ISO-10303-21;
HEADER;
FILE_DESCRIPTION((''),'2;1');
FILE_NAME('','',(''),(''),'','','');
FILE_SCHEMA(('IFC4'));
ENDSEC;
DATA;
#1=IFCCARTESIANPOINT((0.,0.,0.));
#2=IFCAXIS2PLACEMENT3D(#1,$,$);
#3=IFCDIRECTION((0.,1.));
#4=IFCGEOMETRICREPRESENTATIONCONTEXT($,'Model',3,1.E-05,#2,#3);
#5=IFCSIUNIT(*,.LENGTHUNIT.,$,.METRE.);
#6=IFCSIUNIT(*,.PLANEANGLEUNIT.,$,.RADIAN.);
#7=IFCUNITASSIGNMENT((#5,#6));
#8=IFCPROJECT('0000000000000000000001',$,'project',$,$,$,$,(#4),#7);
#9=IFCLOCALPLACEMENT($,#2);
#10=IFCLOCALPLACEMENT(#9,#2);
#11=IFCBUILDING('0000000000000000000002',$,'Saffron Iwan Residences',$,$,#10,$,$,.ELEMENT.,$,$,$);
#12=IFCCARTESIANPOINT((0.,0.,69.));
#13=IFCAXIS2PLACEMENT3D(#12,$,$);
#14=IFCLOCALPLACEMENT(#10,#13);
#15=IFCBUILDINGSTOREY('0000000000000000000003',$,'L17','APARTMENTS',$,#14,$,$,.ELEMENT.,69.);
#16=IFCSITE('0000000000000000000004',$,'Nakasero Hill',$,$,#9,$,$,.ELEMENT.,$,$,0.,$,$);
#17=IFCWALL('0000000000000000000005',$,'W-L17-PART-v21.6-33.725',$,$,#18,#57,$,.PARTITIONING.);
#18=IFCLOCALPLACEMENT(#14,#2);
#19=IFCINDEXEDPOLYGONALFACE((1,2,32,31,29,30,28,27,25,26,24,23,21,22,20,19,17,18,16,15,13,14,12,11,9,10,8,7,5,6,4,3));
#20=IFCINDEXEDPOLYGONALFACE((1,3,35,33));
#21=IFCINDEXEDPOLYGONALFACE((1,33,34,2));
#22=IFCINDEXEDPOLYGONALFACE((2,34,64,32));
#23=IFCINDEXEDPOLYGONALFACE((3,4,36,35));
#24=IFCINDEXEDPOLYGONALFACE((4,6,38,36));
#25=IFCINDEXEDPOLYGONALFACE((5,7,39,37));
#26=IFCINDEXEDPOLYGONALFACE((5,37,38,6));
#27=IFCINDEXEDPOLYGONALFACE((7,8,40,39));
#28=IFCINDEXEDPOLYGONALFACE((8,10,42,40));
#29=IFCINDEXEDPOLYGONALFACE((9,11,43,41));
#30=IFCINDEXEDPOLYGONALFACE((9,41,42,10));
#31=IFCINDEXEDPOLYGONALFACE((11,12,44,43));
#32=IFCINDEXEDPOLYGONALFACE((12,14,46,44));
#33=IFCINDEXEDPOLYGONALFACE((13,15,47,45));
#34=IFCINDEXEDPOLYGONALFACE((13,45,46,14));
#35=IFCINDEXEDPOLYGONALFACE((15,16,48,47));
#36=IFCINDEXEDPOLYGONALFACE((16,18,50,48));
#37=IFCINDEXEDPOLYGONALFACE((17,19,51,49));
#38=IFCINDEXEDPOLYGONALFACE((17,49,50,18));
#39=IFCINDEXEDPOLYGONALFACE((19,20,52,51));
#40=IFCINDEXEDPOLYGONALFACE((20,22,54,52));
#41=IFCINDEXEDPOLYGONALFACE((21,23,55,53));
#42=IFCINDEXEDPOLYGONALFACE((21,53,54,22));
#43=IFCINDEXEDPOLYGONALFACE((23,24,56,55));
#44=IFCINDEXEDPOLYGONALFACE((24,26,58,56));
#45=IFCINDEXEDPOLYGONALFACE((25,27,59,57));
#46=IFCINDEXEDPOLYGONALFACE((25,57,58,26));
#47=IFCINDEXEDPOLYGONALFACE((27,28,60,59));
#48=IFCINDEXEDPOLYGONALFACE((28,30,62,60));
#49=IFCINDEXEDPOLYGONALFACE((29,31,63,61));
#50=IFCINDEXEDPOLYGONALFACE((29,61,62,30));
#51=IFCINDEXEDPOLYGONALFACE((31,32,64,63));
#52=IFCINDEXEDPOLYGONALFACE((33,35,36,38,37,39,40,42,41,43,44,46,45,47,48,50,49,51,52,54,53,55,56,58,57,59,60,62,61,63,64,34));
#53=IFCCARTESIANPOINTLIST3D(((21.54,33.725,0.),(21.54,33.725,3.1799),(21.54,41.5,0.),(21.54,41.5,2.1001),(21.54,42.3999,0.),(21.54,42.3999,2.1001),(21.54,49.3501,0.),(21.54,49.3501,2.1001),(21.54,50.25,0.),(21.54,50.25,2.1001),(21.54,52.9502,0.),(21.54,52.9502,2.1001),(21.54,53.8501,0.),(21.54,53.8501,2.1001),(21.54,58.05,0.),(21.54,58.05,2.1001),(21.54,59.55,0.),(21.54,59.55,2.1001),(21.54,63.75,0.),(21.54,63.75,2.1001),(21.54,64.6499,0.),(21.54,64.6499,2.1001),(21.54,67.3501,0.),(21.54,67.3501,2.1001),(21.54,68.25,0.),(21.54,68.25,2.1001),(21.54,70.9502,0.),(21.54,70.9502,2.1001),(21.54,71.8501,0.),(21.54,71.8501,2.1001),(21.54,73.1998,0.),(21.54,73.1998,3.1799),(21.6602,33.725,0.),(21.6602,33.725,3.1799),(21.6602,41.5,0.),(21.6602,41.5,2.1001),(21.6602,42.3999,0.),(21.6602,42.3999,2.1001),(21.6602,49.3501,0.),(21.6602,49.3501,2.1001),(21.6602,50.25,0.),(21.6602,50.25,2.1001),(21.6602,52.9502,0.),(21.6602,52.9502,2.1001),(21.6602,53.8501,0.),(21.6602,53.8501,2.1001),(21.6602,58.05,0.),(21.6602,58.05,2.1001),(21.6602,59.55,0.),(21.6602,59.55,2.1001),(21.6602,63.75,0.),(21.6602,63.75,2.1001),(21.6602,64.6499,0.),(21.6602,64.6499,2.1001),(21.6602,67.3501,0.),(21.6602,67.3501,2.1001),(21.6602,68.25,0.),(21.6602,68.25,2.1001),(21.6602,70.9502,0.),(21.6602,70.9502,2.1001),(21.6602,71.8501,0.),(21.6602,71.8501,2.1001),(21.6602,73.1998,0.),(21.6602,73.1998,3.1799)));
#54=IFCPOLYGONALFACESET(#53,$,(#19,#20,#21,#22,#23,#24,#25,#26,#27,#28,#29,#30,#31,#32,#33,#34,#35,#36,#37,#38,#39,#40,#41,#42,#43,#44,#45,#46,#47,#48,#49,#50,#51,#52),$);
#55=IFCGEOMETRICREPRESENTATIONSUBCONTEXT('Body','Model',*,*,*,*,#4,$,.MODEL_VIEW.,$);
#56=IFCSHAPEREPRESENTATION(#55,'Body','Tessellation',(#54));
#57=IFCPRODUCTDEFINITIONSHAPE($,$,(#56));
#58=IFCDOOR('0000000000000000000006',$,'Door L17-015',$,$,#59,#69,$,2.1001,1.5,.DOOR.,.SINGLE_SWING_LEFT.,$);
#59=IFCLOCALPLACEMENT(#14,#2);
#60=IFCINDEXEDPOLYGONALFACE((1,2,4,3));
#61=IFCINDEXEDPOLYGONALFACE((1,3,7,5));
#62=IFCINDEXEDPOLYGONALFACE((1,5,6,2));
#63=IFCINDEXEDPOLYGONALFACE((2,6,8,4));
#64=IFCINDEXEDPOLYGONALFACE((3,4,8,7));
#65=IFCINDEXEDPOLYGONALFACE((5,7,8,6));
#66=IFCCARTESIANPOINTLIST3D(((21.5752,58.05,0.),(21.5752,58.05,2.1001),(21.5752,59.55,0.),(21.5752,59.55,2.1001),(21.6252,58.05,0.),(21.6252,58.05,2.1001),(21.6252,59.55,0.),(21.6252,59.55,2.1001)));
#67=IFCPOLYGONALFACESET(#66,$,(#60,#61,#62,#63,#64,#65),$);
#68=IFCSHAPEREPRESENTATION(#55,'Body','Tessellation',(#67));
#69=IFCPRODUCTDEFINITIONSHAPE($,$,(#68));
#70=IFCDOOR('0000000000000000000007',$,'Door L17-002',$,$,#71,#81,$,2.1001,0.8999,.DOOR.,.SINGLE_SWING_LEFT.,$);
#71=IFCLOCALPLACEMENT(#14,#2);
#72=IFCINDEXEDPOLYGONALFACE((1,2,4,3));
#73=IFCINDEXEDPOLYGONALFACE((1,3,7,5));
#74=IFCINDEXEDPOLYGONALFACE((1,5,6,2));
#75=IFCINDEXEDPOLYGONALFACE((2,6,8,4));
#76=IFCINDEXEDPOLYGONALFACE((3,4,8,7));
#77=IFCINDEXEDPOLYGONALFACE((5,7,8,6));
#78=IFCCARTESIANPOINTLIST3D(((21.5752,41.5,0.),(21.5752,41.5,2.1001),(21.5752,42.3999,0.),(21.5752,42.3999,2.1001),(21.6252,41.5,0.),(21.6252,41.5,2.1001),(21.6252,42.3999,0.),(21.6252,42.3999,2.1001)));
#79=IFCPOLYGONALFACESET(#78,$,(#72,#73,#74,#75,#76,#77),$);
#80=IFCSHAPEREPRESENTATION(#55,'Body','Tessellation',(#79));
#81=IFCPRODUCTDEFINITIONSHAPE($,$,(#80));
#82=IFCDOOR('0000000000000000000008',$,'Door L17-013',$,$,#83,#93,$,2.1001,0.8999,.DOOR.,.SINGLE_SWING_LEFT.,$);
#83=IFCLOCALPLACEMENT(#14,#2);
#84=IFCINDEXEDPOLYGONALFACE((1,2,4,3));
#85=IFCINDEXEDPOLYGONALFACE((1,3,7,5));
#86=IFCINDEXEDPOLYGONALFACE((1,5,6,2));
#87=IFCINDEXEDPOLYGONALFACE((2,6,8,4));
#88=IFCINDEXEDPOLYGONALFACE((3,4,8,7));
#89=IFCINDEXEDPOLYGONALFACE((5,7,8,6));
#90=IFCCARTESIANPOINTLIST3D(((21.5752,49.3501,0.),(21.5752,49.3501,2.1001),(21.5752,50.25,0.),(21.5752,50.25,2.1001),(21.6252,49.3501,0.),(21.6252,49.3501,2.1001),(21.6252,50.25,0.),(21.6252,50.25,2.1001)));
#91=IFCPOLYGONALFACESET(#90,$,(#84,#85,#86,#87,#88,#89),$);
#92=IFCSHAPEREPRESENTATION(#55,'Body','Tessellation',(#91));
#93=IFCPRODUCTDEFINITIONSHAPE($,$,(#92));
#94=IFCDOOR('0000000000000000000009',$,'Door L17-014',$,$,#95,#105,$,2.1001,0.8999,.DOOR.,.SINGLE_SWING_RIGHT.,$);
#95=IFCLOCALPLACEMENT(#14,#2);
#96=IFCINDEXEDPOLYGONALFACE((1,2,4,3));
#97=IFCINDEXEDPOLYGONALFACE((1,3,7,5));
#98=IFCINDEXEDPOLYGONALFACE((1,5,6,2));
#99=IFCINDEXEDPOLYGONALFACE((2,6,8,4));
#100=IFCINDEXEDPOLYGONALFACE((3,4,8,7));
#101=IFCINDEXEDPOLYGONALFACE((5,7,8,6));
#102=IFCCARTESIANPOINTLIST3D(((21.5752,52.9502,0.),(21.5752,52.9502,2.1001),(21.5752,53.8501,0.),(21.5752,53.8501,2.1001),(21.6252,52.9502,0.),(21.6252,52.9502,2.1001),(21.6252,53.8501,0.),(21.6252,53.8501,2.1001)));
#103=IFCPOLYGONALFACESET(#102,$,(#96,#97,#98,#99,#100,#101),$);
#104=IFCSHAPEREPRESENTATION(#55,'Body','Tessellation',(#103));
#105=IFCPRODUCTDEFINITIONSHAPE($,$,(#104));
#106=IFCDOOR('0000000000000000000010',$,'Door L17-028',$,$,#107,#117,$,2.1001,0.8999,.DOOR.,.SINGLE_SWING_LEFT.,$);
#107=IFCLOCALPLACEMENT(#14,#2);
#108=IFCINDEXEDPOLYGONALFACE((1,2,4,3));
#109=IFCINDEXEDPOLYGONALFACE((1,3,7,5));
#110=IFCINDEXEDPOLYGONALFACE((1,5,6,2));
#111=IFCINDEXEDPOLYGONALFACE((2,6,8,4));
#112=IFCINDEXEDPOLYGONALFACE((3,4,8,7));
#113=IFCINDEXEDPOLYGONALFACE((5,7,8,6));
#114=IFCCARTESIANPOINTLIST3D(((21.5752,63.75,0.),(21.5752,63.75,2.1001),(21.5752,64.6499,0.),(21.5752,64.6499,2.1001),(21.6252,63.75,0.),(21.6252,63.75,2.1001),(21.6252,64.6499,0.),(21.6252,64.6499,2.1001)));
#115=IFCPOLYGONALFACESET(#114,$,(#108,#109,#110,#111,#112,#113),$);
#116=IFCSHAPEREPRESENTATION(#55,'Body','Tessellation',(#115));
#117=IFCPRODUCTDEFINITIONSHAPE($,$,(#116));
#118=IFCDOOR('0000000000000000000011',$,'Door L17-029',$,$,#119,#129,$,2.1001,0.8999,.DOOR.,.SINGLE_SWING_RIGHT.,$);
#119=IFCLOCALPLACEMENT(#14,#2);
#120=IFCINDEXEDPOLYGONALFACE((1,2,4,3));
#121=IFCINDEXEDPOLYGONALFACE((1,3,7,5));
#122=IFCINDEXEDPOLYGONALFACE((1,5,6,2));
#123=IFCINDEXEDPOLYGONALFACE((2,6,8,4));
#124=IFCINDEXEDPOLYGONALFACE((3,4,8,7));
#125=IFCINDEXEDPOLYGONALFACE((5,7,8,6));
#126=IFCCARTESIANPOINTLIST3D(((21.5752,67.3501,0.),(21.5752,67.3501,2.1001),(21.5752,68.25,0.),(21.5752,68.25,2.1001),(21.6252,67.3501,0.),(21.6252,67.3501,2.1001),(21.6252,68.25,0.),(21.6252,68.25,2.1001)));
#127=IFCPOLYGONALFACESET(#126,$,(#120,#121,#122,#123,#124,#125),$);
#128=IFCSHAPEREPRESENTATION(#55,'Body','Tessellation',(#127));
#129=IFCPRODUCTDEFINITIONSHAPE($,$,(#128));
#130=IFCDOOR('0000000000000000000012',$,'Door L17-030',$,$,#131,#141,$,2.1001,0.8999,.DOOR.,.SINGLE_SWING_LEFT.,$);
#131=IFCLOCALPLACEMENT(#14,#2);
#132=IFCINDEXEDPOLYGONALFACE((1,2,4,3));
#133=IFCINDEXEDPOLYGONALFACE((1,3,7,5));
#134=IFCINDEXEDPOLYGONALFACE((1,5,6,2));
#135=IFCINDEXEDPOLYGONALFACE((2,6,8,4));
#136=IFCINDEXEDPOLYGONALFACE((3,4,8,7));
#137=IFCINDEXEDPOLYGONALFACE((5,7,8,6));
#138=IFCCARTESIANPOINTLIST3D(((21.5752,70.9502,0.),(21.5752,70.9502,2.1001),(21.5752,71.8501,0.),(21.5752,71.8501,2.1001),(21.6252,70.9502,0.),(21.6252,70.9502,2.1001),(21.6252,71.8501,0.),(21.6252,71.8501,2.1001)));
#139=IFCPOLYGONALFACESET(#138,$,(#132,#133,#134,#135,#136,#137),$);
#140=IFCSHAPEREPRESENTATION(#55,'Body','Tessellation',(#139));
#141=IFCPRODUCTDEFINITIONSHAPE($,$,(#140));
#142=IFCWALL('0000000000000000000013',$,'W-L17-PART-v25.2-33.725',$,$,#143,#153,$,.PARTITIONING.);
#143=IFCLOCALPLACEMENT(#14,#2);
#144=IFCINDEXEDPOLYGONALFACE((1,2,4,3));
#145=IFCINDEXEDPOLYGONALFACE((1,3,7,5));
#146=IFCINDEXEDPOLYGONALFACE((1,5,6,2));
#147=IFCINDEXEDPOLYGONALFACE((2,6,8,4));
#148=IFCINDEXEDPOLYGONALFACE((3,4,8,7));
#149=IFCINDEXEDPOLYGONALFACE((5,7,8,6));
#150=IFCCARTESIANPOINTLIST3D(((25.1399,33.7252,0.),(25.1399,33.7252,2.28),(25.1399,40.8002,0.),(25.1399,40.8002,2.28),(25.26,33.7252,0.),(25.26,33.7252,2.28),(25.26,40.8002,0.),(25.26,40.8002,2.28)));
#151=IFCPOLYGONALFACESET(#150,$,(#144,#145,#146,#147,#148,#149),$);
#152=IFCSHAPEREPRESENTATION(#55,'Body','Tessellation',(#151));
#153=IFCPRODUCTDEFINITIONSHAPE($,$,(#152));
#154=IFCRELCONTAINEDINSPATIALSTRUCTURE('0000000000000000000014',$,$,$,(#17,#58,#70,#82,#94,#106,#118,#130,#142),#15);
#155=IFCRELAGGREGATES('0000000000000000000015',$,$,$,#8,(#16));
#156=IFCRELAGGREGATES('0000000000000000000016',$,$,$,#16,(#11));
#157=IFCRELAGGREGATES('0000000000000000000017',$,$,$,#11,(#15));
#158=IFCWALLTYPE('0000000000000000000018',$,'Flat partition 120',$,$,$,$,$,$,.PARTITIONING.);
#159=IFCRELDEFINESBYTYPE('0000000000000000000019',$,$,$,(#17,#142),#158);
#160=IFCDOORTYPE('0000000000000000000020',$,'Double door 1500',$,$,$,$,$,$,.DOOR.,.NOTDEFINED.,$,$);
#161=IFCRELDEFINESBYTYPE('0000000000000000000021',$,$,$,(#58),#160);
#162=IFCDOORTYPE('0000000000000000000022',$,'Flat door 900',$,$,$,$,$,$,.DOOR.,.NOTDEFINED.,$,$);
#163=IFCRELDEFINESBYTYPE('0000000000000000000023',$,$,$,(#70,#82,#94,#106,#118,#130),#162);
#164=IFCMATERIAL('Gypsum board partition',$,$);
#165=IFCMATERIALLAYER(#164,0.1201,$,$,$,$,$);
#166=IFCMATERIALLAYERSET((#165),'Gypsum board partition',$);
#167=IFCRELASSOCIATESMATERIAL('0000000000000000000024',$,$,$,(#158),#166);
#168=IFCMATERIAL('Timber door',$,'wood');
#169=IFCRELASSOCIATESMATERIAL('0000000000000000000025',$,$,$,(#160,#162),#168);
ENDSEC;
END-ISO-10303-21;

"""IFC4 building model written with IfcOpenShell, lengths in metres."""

from ifc_helpers import new_model, si_unit, direction, frame, frame_2d, origin, place, context, subcontext, project, spatial, rectangle, extrude, material, layer, layer_set, type_object, element, fill, save


model = new_model("IFC4")

# Units and contexts
model_context = context("Model", 3, precision=1e-05, world=origin(), true_north=direction((0.0, 1.0)))
body_context = subcontext(model_context, "Body", "Model", "MODEL_VIEW")
ifc_project = project(units=[si_unit("LENGTHUNIT", "METRE"), si_unit("PLANEANGLEUNIT", "RADIAN")], contexts=[model_context])

# Site, building, storey
site_placement = place(None, origin())
site = spatial("IfcSite", under=ifc_project, at=site_placement, Name="Nakasero Hill", CompositionType="ELEMENT", RefElevation=0.0)
building_placement = place(site_placement, origin())
building = spatial("IfcBuilding", under=site, at=building_placement, Name="Saffron Iwan Residences", CompositionType="ELEMENT")
storey_placement = place(building_placement, frame((0.0, 0.0, 69.0)))
storey = spatial("IfcBuildingStorey", under=building, at=storey_placement, Name="L17", Description="APARTMENTS", CompositionType="ELEMENT", Elevation=69.0)

# Wall, openings, doors
ifc_material_1 = material(Name="Gypsum board partition")
ifc_layer_1 = layer(ifc_material_1, 0.1201)
ifc_layer_set_1 = layer_set([ifc_layer_1], Name="Gypsum board partition")
wall_type_1 = type_object("IfcWallType", Name="Flat partition 120", PredefinedType="PARTITIONING", material=ifc_layer_set_1)
wall_1_placement = place(storey_placement, frame((21.6001, 33.7251, 0.0), z_axis=(0.0, 0.0, 1.0), x_axis=(0.0, 1.0, 0.0)))
wall_1 = element("IfcWall", 1, at=wall_1_placement, inside=storey, type_object=wall_type_1, Name="W-L17-PART-v21.6-33.725", PredefinedType="PARTITIONING", context=body_context, shape_type="SweptSolid", body=[
    extrude(rectangle(XDim=39.4749, YDim=0.1201, at=frame_2d((19.7373, 0.0))), origin(), (0.0, 0.0, 1.0), 3.1799),
])
opening_1_placement = place(wall_1_placement, frame((7.7749, 0.0, 0.0)))
opening_1 = element("IfcOpeningElement", 2, at=opening_1_placement, cuts=wall_1, PredefinedType="OPENING", context=body_context, shape_type="SweptSolid", body=[
    extrude(rectangle(XDim=0.8999, YDim=2.1001, at=frame_2d((0.45, 1.05))), frame((0.0, 0.0701, 0.0), z_axis=(0.0, -1.0, 0.0), x_axis=(1.0, 0.0, 0.0)), (0.0, 0.0, 1.0), 0.1401),
])
opening_2_placement = place(wall_1_placement, frame((15.625, 0.0, 0.0)))
opening_2 = element("IfcOpeningElement", 3, at=opening_2_placement, cuts=wall_1, PredefinedType="OPENING", context=body_context, shape_type="SweptSolid", body=[
    extrude(rectangle(XDim=0.8999, YDim=2.1001, at=frame_2d((0.45, 1.05))), frame((0.0, 0.0701, 0.0), z_axis=(0.0, -1.0, 0.0), x_axis=(1.0, 0.0, 0.0)), (0.0, 0.0, 1.0), 0.1401),
])
opening_3_placement = place(wall_1_placement, frame((19.2251, 0.0, 0.0)))
opening_3 = element("IfcOpeningElement", 4, at=opening_3_placement, cuts=wall_1, PredefinedType="OPENING", context=body_context, shape_type="SweptSolid", body=[
    extrude(rectangle(XDim=0.8999, YDim=2.1001, at=frame_2d((0.45, 1.05))), frame((0.0, 0.0701, 0.0), z_axis=(0.0, -1.0, 0.0), x_axis=(1.0, 0.0, 0.0)), (0.0, 0.0, 1.0), 0.1401),
])
opening_4_placement = place(wall_1_placement, frame((24.325, 0.0, 0.0)))
opening_4 = element("IfcOpeningElement", 5, at=opening_4_placement, cuts=wall_1, PredefinedType="OPENING", context=body_context, shape_type="SweptSolid", body=[
    extrude(rectangle(XDim=1.5, YDim=2.1001, at=frame_2d((0.75, 1.05))), frame((0.0, 0.0701, 0.0), z_axis=(0.0, -1.0, 0.0), x_axis=(1.0, 0.0, 0.0)), (0.0, 0.0, 1.0), 0.1401),
])
opening_5_placement = place(wall_1_placement, frame((30.0249, 0.0, 0.0)))
opening_5 = element("IfcOpeningElement", 6, at=opening_5_placement, cuts=wall_1, PredefinedType="OPENING", context=body_context, shape_type="SweptSolid", body=[
    extrude(rectangle(XDim=0.8999, YDim=2.1001, at=frame_2d((0.45, 1.05))), frame((0.0, 0.0701, 0.0), z_axis=(0.0, -1.0, 0.0), x_axis=(1.0, 0.0, 0.0)), (0.0, 0.0, 1.0), 0.1401),
])
opening_6_placement = place(wall_1_placement, frame((33.625, 0.0, 0.0)))
opening_6 = element("IfcOpeningElement", 7, at=opening_6_placement, cuts=wall_1, PredefinedType="OPENING", context=body_context, shape_type="SweptSolid", body=[
    extrude(rectangle(XDim=0.8999, YDim=2.1001, at=frame_2d((0.45, 1.05))), frame((0.0, 0.0701, 0.0), z_axis=(0.0, -1.0, 0.0), x_axis=(1.0, 0.0, 0.0)), (0.0, 0.0, 1.0), 0.1401),
])
opening_7_placement = place(wall_1_placement, frame((37.2251, 0.0, 0.0)))
opening_7 = element("IfcOpeningElement", 8, at=opening_7_placement, cuts=wall_1, PredefinedType="OPENING", context=body_context, shape_type="SweptSolid", body=[
    extrude(rectangle(XDim=0.8999, YDim=2.1001, at=frame_2d((0.45, 1.05))), frame((0.0, 0.0701, 0.0), z_axis=(0.0, -1.0, 0.0), x_axis=(1.0, 0.0, 0.0)), (0.0, 0.0, 1.0), 0.1401),
])
ifc_material_2 = material(Name="Timber door", Category="wood")
door_type_1 = type_object("IfcDoorType", Name="Double door 1500", OperationType="NOTDEFINED", PredefinedType="DOOR", material=ifc_material_2)
door_1_placement = place(opening_4_placement, origin())
door_1 = element("IfcDoor", 9, at=door_1_placement, inside=storey, type_object=door_type_1, Name="Door L17-015", OperationType="SINGLE_SWING_LEFT", OverallHeight=2.1001, OverallWidth=1.5, PredefinedType="DOOR", context=body_context, shape_type="SweptSolid", body=[
    extrude(rectangle(XDim=1.5, YDim=2.1001, at=frame_2d((0.75, 1.05))), frame((0.0, 0.0249, 0.0), z_axis=(0.0, -1.0, 0.0), x_axis=(1.0, 0.0, 0.0)), (0.0, 0.0, 1.0), 0.05),
])
fill(opening_4, door_1)
door_type_2 = type_object("IfcDoorType", Name="Flat door 900", OperationType="NOTDEFINED", PredefinedType="DOOR", material=ifc_material_2)
door_2_placement = place(opening_1_placement, origin())
door_2 = element("IfcDoor", 10, at=door_2_placement, inside=storey, type_object=door_type_2, Name="Door L17-002", OperationType="SINGLE_SWING_LEFT", OverallHeight=2.1001, OverallWidth=0.8999, PredefinedType="DOOR", context=body_context, shape_type="SweptSolid", body=[
    extrude(rectangle(XDim=0.8999, YDim=2.1001, at=frame_2d((0.45, 1.05))), frame((0.0, 0.0249, 0.0), z_axis=(0.0, -1.0, 0.0), x_axis=(1.0, 0.0, 0.0)), (0.0, 0.0, 1.0), 0.05),
])
fill(opening_1, door_2)
door_3_placement = place(opening_2_placement, origin())
door_3 = element("IfcDoor", 11, at=door_3_placement, inside=storey, type_object=door_type_2, Name="Door L17-013", OperationType="SINGLE_SWING_LEFT", OverallHeight=2.1001, OverallWidth=0.8999, PredefinedType="DOOR", context=body_context, shape_type="SweptSolid", body=[
    extrude(rectangle(XDim=0.8999, YDim=2.1001, at=frame_2d((0.45, 1.05))), frame((0.0, 0.0249, 0.0), z_axis=(0.0, -1.0, 0.0), x_axis=(1.0, 0.0, 0.0)), (0.0, 0.0, 1.0), 0.05),
])
fill(opening_2, door_3)
door_4_placement = place(opening_3_placement, origin())
door_4 = element("IfcDoor", 12, at=door_4_placement, inside=storey, type_object=door_type_2, Name="Door L17-014", OperationType="SINGLE_SWING_RIGHT", OverallHeight=2.1001, OverallWidth=0.8999, PredefinedType="DOOR", context=body_context, shape_type="SweptSolid", body=[
    extrude(rectangle(XDim=0.8999, YDim=2.1001, at=frame_2d((0.45, 1.05))), frame((0.0, 0.0249, 0.0), z_axis=(0.0, -1.0, 0.0), x_axis=(1.0, 0.0, 0.0)), (0.0, 0.0, 1.0), 0.05),
])
fill(opening_3, door_4)
door_5_placement = place(opening_5_placement, origin())
door_5 = element("IfcDoor", 13, at=door_5_placement, inside=storey, type_object=door_type_2, Name="Door L17-028", OperationType="SINGLE_SWING_LEFT", OverallHeight=2.1001, OverallWidth=0.8999, PredefinedType="DOOR", context=body_context, shape_type="SweptSolid", body=[
    extrude(rectangle(XDim=0.8999, YDim=2.1001, at=frame_2d((0.45, 1.05))), frame((0.0, 0.0249, 0.0), z_axis=(0.0, -1.0, 0.0), x_axis=(1.0, 0.0, 0.0)), (0.0, 0.0, 1.0), 0.05),
])
fill(opening_5, door_5)
door_6_placement = place(opening_6_placement, origin())
door_6 = element("IfcDoor", 14, at=door_6_placement, inside=storey, type_object=door_type_2, Name="Door L17-029", OperationType="SINGLE_SWING_RIGHT", OverallHeight=2.1001, OverallWidth=0.8999, PredefinedType="DOOR", context=body_context, shape_type="SweptSolid", body=[
    extrude(rectangle(XDim=0.8999, YDim=2.1001, at=frame_2d((0.45, 1.05))), frame((0.0, 0.0249, 0.0), z_axis=(0.0, -1.0, 0.0), x_axis=(1.0, 0.0, 0.0)), (0.0, 0.0, 1.0), 0.05),
])
fill(opening_6, door_6)
door_7_placement = place(opening_7_placement, origin())
door_7 = element("IfcDoor", 15, at=door_7_placement, inside=storey, type_object=door_type_2, Name="Door L17-030", OperationType="SINGLE_SWING_LEFT", OverallHeight=2.1001, OverallWidth=0.8999, PredefinedType="DOOR", context=body_context, shape_type="SweptSolid", body=[
    extrude(rectangle(XDim=0.8999, YDim=2.1001, at=frame_2d((0.45, 1.05))), frame((0.0, 0.0249, 0.0), z_axis=(0.0, -1.0, 0.0), x_axis=(1.0, 0.0, 0.0)), (0.0, 0.0, 1.0), 0.05),
])
fill(opening_7, door_7)

# Wall
wall_2_placement = place(storey_placement, frame((25.2, 33.7251, 0.0), z_axis=(0.0, 0.0, 1.0), x_axis=(0.0, 1.0, 0.0)))
element("IfcWall", 16, at=wall_2_placement, inside=storey, type_object=wall_type_1, Name="W-L17-PART-v25.2-33.725", PredefinedType="PARTITIONING", context=body_context, shape_type="SweptSolid", body=[
    extrude(rectangle(XDim=7.075, YDim=0.1201, at=frame_2d((3.5376, 0.0))), origin(), (0.0, 0.0, 1.0), 2.28),
])

save(model, "model.ifc")
